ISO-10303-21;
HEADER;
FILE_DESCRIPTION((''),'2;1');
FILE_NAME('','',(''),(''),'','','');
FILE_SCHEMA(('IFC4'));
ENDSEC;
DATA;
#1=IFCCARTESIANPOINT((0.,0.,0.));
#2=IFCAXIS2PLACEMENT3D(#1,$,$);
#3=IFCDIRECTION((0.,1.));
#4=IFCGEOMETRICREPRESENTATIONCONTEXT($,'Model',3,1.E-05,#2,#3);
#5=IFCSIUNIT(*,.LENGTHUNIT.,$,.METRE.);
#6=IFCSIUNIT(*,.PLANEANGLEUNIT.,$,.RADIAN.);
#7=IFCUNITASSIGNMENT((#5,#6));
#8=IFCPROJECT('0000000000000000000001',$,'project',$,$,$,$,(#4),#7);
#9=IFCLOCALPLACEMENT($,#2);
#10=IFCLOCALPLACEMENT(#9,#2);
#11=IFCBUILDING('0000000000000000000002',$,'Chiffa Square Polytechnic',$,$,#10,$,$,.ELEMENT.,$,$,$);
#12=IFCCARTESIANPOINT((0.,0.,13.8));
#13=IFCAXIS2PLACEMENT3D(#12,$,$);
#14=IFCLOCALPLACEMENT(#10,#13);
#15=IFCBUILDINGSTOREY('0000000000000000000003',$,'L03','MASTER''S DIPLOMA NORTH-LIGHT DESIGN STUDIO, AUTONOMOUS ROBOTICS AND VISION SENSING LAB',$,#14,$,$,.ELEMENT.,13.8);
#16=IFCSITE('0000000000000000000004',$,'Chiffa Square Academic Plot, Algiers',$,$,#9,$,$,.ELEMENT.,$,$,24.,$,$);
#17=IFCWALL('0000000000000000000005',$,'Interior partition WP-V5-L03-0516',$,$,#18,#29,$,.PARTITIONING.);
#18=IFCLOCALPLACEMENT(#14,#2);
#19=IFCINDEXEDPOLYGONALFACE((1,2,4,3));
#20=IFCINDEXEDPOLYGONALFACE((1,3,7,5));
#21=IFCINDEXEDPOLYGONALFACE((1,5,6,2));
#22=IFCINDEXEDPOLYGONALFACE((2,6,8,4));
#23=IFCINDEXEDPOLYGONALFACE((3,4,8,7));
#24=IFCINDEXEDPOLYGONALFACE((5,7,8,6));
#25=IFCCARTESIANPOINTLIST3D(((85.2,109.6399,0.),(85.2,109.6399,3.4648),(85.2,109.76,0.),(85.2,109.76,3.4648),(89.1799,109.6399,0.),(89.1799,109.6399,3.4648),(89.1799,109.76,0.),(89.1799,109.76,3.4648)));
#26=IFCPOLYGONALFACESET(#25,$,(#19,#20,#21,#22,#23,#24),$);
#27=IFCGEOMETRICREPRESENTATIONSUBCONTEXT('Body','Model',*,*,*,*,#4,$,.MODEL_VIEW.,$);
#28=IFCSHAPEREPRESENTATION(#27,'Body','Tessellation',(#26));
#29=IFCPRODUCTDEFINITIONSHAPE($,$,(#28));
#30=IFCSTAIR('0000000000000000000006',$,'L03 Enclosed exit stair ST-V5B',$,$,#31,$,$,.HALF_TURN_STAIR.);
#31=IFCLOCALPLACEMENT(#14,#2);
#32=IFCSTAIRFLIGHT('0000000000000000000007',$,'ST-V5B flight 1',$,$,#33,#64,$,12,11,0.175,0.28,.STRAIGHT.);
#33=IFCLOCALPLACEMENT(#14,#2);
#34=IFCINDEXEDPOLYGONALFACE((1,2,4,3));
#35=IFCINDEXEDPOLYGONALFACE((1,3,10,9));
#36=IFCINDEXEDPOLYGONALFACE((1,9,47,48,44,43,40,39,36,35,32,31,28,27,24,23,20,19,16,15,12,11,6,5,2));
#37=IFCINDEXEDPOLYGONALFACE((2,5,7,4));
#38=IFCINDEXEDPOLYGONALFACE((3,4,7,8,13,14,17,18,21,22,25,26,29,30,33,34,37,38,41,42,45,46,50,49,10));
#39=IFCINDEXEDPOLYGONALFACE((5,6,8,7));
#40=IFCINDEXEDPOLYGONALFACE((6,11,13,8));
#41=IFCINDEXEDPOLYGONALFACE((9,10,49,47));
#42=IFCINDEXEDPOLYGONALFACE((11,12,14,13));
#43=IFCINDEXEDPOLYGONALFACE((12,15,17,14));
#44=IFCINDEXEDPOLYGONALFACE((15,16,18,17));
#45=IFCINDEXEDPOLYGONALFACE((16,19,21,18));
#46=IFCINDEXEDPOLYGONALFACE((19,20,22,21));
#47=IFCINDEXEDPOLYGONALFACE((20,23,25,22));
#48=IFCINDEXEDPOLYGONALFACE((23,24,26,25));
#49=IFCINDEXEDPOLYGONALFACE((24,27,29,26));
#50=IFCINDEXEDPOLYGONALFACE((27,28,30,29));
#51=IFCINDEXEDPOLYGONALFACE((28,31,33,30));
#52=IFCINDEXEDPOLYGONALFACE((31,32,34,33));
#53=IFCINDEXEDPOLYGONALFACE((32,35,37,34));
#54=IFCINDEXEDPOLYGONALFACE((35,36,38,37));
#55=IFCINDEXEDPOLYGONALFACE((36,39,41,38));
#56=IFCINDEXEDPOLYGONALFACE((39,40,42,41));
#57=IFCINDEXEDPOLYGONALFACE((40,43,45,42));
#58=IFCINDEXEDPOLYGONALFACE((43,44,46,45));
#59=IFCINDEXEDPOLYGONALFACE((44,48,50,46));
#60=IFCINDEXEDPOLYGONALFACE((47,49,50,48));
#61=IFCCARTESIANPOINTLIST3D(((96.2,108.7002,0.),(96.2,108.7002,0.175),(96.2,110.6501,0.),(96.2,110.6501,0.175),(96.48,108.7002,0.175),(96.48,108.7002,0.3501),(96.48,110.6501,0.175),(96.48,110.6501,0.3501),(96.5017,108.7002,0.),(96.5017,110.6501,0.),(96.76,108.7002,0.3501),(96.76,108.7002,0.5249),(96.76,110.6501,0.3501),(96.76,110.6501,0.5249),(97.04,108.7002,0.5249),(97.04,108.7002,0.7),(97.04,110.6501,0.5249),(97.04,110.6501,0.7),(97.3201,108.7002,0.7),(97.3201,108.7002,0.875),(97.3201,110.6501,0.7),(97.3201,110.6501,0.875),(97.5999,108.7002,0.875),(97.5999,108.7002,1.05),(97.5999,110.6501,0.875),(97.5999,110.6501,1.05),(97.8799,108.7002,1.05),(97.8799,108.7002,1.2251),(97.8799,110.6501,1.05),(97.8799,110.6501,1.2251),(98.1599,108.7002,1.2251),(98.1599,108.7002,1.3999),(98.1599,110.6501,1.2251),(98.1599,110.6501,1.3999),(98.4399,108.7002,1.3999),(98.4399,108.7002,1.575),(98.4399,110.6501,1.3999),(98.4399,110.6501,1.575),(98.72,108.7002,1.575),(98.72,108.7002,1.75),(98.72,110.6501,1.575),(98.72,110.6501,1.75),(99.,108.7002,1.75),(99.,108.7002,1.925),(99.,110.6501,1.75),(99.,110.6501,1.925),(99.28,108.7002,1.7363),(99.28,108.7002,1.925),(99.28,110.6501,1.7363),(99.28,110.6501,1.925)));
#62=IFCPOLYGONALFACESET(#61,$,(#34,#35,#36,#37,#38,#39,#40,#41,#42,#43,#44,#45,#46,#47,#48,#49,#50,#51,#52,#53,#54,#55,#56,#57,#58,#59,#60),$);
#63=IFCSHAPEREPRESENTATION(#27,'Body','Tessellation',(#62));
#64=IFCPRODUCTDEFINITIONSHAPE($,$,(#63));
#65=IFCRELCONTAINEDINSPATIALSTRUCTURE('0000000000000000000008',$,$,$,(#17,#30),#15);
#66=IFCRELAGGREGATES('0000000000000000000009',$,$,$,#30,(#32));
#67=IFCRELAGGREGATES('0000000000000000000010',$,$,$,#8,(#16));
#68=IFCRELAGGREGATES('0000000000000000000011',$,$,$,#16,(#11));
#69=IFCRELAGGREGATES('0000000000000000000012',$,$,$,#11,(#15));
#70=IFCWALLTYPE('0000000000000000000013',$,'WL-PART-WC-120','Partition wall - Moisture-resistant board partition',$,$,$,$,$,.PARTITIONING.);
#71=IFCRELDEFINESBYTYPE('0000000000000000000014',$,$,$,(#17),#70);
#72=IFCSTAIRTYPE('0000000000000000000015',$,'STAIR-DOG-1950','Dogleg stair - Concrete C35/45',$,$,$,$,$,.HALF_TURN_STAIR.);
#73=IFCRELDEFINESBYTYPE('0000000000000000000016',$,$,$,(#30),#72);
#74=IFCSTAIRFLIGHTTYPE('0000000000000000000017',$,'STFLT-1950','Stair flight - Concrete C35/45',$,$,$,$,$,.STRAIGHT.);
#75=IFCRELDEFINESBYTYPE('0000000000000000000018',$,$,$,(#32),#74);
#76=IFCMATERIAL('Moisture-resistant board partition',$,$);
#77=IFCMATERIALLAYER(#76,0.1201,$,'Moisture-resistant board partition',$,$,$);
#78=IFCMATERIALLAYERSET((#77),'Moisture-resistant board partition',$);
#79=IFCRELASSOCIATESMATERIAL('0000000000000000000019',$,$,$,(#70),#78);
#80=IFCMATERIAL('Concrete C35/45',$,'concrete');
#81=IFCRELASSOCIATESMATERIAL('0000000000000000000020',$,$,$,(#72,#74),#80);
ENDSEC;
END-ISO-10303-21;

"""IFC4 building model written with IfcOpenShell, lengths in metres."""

from ifc_helpers import new_model, si_unit, direction, frame, frame_2d, origin, place, context, subcontext, project, spatial, polyline, rectangle, outline, extrude, material, layer, layer_set, type_object, element, aggregate, save


model = new_model("IFC4")

# Units and contexts
model_context = context("Model", 3, precision=1e-05, world=origin(), true_north=direction((0.0, 1.0)))
body_context = subcontext(model_context, "Body", "Model", "MODEL_VIEW")
ifc_project = project(units=[si_unit("LENGTHUNIT", "METRE"), si_unit("PLANEANGLEUNIT", "RADIAN")], contexts=[model_context])

# Site, building, storey
site_placement = place(None, origin())
site = spatial("IfcSite", under=ifc_project, at=site_placement, Name="Chiffa Square Academic Plot, Algiers", CompositionType="ELEMENT", RefElevation=24.0)
building_placement = place(site_placement, origin())
building = spatial("IfcBuilding", under=site, at=building_placement, Name="Chiffa Square Polytechnic", CompositionType="ELEMENT")
storey_placement = place(building_placement, frame((0.0, 0.0, 13.8)))
storey = spatial("IfcBuildingStorey", under=building, at=storey_placement, Name="L03", Description="MASTER'S DIPLOMA NORTH-LIGHT DESIGN STUDIO, AUTONOMOUS ROBOTICS AND VISION SENSING LAB", CompositionType="ELEMENT", Elevation=13.8)

# Shared definitions
ifc_material_1 = material(Name="Concrete C35/45", Category="concrete")

# Shared definitions
ifc_material_2 = material(Name="Moisture-resistant board partition")
ifc_layer_1 = layer(ifc_material_2, 0.1201, Name="Moisture-resistant board partition")
ifc_layer_set_1 = layer_set([ifc_layer_1], Name="Moisture-resistant board partition")
wall_type_1 = type_object("IfcWallType", Name="WL-PART-WC-120", Description="Partition wall - Moisture-resistant board partition", PredefinedType="PARTITIONING", material=ifc_layer_set_1)

# Wall
wall_1_placement = place(storey_placement, frame((85.2, 109.7, 0.0), z_axis=(0.0, 0.0, 1.0), x_axis=(1.0, 0.0, 0.0)))
element("IfcWall", 1, at=wall_1_placement, inside=storey, type_object=wall_type_1, Name="Interior partition WP-V5-L03-0516", PredefinedType="PARTITIONING", context=body_context, shape_type="SweptSolid", body=[
    extrude(rectangle(XDim=3.98, YDim=0.1201, at=frame_2d((1.99, 0.0))), origin(), (0.0, 0.0, 1.0), 3.4648),
])

# Stair, stair flight
stair_type = type_object("IfcStairType", Name="STAIR-DOG-1950", Description="Dogleg stair - Concrete C35/45", PredefinedType="HALF_TURN_STAIR", material=ifc_material_1)
stair_placement = place(storey_placement, origin())
stair = element("IfcStair", 2, at=stair_placement, inside=storey, type_object=stair_type, Name="L03 Enclosed exit stair ST-V5B", PredefinedType="HALF_TURN_STAIR")
stair_flight_type = type_object("IfcStairFlightType", Name="STFLT-1950", Description="Stair flight - Concrete C35/45", PredefinedType="STRAIGHT", material=ifc_material_1)
stair_flight_placement = place(storey_placement, frame((96.2, 109.675, 0.0), z_axis=(0.0, 0.0, 1.0), x_axis=(1.0, 0.0, 0.0)))
stair_flight = element("IfcStairFlight", 3, at=stair_flight_placement, type_object=stair_flight_type, Name="ST-V5B flight 1", NumberOfRisers=12, NumberOfTreads=11, PredefinedType="STRAIGHT", RiserHeight=0.175, TreadLength=0.28, context=body_context, shape_type="SweptSolid", body=[
    extrude(outline(polyline([(0.0, 0.0), (0.0, 0.175), (0.28, 0.175), (0.28, 0.3501), (0.5601, 0.3501), (0.5601, 0.5249), (0.8401, 0.5249), (0.8401, 0.7), (1.1201, 0.7), (1.1201, 0.875), (1.3999, 0.875), (1.3999, 1.05), (1.6799, 1.05), (1.6799, 1.2251), (1.96, 1.2251), (1.96, 1.3999), (2.24, 1.3999), (2.24, 1.575), (2.52, 1.575), (2.52, 1.75), (2.8, 1.75), (2.8, 1.925), (3.0801, 1.925), (3.0801, 2.1001), (3.0801, 1.7363), (0.3018, 0.0), (0.0, 0.0)])), frame((0.0, 0.9751, 0.0), z_axis=(0.0, -1.0, 0.0), x_axis=(1.0, 0.0, 0.0)), (0.0, 0.0, 1.0), 1.95),
])
aggregate(stair, [stair_flight])

save(model, "model.ifc")
